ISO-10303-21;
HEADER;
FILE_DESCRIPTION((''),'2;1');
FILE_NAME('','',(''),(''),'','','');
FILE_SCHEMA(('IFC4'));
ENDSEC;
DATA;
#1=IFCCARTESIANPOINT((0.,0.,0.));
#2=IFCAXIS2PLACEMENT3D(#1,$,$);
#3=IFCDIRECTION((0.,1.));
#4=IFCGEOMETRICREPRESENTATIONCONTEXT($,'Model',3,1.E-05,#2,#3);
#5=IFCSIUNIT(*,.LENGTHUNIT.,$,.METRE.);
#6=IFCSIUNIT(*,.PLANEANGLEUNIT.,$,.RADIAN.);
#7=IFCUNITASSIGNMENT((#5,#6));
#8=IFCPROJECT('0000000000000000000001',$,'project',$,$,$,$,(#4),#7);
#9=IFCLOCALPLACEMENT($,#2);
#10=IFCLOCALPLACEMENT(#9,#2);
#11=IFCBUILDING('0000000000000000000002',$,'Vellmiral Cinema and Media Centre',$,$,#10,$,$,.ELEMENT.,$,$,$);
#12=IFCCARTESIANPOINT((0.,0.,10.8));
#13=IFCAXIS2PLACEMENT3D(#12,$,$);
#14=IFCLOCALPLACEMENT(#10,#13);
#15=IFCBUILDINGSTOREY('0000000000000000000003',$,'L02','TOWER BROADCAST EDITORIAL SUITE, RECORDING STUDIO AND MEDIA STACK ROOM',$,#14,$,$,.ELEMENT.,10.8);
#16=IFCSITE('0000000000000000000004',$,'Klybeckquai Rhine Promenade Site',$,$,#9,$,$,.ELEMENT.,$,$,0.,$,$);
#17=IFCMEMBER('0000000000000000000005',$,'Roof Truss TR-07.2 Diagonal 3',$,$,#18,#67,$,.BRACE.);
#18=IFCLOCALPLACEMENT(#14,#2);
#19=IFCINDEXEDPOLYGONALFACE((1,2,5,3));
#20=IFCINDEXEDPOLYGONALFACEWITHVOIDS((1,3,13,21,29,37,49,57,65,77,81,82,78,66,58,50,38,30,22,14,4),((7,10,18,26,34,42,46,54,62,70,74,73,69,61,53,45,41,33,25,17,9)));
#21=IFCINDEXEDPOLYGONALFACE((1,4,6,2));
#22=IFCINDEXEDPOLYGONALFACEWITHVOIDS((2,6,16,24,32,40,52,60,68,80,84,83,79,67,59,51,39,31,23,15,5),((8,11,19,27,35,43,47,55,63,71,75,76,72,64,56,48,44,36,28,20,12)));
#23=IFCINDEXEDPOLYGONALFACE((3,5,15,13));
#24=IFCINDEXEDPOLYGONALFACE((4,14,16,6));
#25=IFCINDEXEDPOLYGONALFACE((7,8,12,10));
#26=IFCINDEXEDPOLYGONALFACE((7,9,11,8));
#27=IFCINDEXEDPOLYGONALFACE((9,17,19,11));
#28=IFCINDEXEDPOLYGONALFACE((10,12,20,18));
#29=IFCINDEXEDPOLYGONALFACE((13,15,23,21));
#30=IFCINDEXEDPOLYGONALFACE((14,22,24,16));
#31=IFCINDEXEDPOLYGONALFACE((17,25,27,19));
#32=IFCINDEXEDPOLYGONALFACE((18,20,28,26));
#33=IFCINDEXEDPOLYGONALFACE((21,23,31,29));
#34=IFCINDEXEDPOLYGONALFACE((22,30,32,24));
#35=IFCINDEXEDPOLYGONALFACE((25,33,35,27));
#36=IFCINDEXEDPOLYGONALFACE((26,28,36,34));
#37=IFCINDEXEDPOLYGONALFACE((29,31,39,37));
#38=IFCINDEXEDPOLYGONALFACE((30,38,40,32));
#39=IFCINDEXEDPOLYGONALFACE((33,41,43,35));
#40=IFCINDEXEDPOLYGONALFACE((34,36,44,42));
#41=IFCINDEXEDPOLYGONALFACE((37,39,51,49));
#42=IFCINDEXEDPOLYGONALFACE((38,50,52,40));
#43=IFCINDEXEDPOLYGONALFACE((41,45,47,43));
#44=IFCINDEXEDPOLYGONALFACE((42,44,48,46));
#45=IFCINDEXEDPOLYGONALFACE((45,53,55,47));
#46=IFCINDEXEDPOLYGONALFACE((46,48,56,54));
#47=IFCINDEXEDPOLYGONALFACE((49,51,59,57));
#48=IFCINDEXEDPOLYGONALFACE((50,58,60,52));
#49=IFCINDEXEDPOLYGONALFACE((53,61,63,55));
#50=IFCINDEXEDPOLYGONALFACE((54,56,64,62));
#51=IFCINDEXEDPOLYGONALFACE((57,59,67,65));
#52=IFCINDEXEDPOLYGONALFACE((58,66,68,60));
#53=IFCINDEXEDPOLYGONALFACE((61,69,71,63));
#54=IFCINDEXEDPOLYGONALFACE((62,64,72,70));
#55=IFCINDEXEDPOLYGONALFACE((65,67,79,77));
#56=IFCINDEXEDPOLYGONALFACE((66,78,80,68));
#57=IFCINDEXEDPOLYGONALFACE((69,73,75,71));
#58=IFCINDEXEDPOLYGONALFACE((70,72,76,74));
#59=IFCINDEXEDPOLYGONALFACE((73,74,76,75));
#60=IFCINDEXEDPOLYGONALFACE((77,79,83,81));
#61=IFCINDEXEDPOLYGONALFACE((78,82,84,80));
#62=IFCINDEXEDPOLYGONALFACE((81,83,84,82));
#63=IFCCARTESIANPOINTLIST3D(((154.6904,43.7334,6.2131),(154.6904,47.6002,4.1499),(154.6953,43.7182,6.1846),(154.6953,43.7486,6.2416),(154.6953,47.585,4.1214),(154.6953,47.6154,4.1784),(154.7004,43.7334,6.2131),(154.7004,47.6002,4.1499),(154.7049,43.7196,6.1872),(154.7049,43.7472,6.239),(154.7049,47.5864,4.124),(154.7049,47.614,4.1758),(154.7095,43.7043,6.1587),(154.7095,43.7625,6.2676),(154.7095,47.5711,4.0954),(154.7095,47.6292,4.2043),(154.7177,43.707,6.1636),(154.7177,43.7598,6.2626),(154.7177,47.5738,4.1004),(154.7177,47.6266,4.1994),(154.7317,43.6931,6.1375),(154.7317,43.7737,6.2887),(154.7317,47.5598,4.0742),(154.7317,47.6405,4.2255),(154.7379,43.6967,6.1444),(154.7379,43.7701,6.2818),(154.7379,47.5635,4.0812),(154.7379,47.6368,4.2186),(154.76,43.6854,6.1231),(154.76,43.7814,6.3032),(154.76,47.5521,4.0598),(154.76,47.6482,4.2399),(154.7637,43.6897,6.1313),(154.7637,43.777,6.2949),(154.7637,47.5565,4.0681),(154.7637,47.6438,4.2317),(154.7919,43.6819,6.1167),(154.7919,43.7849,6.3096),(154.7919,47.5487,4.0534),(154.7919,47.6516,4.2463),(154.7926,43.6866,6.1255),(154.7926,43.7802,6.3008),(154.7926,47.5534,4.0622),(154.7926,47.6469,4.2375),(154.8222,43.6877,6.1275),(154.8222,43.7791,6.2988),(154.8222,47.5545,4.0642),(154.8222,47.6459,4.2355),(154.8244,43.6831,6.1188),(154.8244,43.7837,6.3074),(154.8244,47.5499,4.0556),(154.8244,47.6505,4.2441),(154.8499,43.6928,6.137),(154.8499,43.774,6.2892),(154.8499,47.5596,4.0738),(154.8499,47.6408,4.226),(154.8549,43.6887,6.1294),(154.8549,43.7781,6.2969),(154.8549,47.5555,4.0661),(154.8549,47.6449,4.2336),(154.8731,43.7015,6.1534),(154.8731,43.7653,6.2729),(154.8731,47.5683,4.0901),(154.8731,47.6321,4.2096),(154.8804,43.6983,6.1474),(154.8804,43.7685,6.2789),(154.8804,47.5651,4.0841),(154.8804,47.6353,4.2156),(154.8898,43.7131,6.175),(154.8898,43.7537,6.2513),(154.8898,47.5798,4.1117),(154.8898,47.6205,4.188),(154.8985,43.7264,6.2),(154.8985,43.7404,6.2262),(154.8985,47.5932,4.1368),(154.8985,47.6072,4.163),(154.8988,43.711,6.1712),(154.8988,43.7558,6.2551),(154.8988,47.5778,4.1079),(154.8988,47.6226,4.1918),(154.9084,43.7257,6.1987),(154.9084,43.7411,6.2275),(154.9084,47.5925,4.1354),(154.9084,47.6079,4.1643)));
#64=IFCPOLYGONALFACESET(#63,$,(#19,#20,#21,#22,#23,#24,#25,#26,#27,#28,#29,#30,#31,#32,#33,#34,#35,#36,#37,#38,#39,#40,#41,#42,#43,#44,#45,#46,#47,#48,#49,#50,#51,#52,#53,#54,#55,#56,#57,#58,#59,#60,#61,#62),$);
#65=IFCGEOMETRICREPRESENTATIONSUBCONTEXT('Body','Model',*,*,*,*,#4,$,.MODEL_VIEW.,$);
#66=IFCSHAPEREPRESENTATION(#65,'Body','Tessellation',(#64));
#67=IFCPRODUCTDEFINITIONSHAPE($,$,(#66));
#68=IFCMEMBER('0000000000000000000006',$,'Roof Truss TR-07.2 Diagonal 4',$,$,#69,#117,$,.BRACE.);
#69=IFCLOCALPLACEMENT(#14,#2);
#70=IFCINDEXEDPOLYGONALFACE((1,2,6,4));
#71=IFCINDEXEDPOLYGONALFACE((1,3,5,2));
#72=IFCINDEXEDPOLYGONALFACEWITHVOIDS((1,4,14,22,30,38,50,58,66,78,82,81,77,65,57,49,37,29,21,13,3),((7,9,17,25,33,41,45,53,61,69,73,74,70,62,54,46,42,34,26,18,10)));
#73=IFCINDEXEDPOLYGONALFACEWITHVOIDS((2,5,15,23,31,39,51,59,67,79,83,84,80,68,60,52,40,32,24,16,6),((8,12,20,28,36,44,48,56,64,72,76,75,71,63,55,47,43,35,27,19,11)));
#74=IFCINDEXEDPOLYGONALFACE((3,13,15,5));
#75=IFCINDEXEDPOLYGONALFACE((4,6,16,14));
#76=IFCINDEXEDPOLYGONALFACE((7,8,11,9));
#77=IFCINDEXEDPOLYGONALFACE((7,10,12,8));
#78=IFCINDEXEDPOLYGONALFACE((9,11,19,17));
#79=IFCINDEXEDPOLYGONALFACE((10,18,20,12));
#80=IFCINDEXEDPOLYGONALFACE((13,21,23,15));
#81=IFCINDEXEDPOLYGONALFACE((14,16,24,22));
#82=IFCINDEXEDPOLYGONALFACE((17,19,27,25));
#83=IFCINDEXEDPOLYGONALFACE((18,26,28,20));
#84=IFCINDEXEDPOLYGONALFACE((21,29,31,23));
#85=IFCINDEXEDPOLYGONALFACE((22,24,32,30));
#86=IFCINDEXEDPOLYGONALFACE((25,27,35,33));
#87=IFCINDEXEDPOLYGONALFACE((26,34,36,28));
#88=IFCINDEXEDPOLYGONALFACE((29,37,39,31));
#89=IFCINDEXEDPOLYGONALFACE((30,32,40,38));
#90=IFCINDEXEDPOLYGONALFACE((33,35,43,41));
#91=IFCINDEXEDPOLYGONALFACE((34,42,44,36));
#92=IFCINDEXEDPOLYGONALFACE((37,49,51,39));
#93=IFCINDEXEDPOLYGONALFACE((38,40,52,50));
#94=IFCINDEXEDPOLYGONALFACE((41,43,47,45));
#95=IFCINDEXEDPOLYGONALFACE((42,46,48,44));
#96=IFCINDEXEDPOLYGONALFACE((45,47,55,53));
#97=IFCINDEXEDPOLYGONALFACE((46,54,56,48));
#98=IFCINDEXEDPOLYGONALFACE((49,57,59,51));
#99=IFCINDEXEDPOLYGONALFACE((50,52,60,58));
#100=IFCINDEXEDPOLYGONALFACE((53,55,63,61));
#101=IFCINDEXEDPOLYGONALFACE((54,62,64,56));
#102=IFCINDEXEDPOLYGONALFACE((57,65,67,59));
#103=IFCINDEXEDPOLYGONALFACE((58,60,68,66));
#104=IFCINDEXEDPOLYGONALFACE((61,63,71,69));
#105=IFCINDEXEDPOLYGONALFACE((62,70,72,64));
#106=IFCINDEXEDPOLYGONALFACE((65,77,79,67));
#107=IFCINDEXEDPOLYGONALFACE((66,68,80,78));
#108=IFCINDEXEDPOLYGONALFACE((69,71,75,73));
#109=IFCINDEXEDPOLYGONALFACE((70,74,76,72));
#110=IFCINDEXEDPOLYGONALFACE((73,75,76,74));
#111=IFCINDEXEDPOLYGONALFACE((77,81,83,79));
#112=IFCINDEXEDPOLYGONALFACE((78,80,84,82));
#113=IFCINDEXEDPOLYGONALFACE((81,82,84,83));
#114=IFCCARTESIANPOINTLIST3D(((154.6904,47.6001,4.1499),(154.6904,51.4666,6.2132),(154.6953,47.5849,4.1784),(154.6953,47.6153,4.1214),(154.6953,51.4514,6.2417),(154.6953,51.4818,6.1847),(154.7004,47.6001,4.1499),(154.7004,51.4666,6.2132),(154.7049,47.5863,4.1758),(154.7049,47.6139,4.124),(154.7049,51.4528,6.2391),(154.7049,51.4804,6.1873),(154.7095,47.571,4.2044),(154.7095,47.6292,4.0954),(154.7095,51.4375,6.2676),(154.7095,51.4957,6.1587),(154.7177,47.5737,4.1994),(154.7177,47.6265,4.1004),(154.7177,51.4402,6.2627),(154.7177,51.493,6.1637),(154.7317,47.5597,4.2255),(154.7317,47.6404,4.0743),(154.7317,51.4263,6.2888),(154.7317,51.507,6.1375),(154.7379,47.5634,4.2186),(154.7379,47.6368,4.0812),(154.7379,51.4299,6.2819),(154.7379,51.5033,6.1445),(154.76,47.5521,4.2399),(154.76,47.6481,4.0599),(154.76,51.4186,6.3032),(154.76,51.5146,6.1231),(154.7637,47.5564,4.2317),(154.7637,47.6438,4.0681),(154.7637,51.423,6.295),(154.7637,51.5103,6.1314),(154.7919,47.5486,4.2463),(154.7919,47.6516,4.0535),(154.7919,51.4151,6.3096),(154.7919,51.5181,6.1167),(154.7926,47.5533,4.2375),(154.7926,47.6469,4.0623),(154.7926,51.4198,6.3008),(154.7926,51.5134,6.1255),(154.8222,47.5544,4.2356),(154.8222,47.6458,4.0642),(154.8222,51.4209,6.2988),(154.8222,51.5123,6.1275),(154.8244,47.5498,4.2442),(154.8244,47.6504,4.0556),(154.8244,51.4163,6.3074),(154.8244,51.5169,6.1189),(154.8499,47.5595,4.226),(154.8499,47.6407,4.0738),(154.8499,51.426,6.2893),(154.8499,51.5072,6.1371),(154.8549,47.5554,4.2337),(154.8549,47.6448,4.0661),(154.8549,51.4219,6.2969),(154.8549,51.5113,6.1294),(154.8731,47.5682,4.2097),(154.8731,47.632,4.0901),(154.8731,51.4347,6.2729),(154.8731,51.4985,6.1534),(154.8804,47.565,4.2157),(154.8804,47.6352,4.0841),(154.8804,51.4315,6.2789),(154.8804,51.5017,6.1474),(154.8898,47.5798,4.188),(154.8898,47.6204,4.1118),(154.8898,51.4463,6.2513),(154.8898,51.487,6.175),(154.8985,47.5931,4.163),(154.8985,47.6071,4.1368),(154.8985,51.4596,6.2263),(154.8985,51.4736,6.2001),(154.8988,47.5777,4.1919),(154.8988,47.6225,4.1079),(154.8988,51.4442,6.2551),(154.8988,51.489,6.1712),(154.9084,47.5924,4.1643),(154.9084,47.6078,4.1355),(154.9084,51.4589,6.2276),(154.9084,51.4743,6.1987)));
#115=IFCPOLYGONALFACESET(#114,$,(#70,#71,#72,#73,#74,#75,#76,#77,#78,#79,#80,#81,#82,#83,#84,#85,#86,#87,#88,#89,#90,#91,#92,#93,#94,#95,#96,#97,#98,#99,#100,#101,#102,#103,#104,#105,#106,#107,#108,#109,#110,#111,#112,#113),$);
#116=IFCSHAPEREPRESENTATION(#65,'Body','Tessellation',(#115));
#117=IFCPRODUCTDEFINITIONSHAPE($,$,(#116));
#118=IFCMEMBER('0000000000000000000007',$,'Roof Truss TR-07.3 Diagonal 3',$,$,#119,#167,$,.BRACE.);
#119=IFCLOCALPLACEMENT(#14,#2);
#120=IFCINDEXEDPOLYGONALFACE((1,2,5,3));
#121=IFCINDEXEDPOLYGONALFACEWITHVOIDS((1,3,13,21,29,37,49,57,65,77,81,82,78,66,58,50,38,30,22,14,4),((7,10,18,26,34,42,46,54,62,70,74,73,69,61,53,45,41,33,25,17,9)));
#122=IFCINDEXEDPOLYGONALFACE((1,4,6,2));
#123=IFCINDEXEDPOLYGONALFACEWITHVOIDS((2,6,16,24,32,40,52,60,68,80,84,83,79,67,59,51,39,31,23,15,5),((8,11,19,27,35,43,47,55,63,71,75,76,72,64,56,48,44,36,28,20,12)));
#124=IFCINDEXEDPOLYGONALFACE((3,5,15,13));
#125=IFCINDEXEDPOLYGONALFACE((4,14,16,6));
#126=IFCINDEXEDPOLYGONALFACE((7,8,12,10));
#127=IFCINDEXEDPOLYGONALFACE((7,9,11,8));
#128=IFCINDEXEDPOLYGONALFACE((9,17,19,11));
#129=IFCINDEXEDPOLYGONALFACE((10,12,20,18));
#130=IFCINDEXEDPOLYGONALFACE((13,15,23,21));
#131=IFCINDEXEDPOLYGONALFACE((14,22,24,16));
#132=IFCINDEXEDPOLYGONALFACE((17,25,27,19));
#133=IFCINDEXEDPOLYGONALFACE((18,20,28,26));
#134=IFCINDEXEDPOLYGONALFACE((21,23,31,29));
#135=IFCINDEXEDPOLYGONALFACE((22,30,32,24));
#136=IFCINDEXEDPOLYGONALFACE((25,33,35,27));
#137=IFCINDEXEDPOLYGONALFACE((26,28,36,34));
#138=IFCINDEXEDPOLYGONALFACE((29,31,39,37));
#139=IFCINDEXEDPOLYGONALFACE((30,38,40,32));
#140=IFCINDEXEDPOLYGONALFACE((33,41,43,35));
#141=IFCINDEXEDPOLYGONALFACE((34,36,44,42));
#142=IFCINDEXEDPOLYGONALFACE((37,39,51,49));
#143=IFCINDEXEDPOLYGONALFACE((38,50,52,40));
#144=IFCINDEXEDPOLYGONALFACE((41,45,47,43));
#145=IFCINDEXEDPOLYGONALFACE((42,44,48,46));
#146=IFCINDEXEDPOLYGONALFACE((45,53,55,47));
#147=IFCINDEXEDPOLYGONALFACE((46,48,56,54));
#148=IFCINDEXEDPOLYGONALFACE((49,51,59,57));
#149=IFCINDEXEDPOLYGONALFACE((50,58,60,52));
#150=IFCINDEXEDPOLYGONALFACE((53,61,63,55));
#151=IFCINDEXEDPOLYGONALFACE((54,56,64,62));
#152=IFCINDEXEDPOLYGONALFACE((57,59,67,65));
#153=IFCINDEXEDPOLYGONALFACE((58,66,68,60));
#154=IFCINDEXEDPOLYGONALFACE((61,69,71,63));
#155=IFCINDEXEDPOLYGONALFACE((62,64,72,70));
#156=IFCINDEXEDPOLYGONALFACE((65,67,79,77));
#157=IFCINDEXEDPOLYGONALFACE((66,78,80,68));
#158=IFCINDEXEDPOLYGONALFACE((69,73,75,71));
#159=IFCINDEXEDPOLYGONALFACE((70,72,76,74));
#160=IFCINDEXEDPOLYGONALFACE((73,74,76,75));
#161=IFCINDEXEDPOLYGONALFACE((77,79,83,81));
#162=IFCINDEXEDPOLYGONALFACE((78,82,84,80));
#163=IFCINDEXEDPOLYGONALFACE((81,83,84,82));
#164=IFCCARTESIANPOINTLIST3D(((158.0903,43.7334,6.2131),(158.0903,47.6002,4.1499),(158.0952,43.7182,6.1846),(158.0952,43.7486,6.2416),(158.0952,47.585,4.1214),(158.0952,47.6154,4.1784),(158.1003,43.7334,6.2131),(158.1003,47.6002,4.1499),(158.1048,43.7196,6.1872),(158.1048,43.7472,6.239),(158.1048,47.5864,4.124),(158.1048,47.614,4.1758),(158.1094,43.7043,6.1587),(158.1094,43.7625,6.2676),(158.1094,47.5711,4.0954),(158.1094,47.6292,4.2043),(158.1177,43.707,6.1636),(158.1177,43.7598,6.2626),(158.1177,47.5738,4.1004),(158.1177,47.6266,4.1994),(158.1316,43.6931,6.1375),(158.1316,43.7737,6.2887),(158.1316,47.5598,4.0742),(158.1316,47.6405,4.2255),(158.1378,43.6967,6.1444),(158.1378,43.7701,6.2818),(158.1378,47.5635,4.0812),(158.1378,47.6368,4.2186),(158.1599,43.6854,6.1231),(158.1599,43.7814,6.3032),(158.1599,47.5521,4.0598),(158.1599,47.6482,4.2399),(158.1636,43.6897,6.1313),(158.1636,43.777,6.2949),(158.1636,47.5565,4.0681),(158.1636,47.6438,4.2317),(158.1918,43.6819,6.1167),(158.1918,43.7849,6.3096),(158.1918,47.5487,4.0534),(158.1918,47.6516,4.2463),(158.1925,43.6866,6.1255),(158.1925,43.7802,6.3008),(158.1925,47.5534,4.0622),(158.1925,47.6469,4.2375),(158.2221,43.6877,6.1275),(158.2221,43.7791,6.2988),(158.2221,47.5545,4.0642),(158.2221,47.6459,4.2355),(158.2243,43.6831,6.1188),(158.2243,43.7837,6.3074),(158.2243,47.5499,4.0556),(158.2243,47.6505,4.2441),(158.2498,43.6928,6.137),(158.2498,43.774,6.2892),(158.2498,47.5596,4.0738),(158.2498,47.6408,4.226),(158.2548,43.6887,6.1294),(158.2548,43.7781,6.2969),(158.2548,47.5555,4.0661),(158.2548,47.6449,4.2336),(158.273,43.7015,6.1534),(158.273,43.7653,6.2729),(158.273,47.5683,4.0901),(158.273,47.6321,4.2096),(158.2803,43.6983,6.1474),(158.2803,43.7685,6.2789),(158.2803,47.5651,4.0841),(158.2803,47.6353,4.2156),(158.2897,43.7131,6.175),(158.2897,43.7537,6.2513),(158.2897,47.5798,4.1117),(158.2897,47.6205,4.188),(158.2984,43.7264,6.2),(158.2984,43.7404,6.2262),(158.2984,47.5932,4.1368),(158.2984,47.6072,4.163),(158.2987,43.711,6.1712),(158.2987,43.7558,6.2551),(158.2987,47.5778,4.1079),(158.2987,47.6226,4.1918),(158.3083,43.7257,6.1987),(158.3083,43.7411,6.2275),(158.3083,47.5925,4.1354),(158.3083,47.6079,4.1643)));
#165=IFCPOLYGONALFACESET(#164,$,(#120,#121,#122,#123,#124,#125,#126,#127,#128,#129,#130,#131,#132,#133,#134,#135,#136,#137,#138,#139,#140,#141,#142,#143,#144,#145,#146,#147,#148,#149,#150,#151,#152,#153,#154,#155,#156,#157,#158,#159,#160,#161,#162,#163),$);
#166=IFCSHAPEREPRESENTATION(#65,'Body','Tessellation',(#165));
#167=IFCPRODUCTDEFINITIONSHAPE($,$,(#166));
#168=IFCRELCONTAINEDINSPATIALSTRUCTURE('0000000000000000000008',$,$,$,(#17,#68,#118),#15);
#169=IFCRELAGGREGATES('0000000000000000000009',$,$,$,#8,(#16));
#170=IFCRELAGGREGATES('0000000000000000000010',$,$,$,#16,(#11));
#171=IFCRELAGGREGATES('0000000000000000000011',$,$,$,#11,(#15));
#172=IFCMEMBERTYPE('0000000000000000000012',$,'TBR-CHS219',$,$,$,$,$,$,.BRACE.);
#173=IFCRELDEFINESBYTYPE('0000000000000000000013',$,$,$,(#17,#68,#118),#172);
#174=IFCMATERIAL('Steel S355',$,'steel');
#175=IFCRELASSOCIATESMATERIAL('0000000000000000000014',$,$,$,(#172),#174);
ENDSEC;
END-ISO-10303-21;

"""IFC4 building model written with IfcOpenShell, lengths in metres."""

from ifc_helpers import new_model, si_unit, direction, frame, origin, origin_2d, place, context, subcontext, project, spatial, hollow_circle, extrude, material, material_profile, profile_set, type_object, element, save


model = new_model("IFC4")

# Units and contexts
model_context = context("Model", 3, precision=1e-05, world=origin(), true_north=direction((0.0, 1.0)))
body_context = subcontext(model_context, "Body", "Model", "MODEL_VIEW")
ifc_project = project(units=[si_unit("LENGTHUNIT", "METRE"), si_unit("PLANEANGLEUNIT", "RADIAN")], contexts=[model_context])

# Site, building, storey
site_placement = place(None, origin())
site = spatial("IfcSite", under=ifc_project, at=site_placement, Name="Klybeckquai Rhine Promenade Site", CompositionType="ELEMENT", RefElevation=0.0)
building_placement = place(site_placement, origin())
building = spatial("IfcBuilding", under=site, at=building_placement, Name="Vellmiral Cinema and Media Centre", CompositionType="ELEMENT")
storey_placement = place(building_placement, frame((0.0, 0.0, 10.8)))
storey = spatial("IfcBuildingStorey", under=building, at=storey_placement, Name="L02", Description="TOWER BROADCAST EDITORIAL SUITE, RECORDING STUDIO AND MEDIA STACK ROOM", CompositionType="ELEMENT", Elevation=10.8)

# Members
ifc_material_1 = material(Name="Steel S355", Category="steel")
ifc_material_profile_1 = material_profile(ifc_material_1, hollow_circle(Radius=0.1096, WallThickness=0.01, at=origin_2d()), Name="CHS 219.1x10.0")
ifc_profile_set_1 = profile_set([ifc_material_profile_1], Name="Steel S355")
member_type_1 = type_object("IfcMemberType", Name="TBR-CHS219", PredefinedType="BRACE", material=ifc_profile_set_1)
member_1_placement = place(storey_placement, frame((154.8, 43.7334, 6.2131), z_axis=(0.0, 0.882259, -0.470765), x_axis=(-1.0, 0.0, 0.0)))
element("IfcMember", 1, at=member_1_placement, inside=storey, type_object=member_type_1, Name="Roof Truss TR-07.2 Diagonal 3", PredefinedType="BRACE", context=body_context, shape_type="SweptSolid", body=[
    extrude(hollow_circle(Radius=0.1096, WallThickness=0.01, at=origin_2d()), origin(), (0.0, 0.0, 1.0), 4.3828),
])
member_2_placement = place(storey_placement, frame((154.8, 47.6001, 4.1499), z_axis=(0.0, 0.882247, 0.470788), x_axis=(-1.0, 0.0, 0.0)))
element("IfcMember", 2, at=member_2_placement, inside=storey, type_object=member_type_1, Name="Roof Truss TR-07.2 Diagonal 4", PredefinedType="BRACE", context=body_context, shape_type="SweptSolid", body=[
    extrude(hollow_circle(Radius=0.1096, WallThickness=0.01, at=origin_2d()), origin(), (0.0, 0.0, 1.0), 4.3826),
])
member_3_placement = place(storey_placement, frame((158.2, 43.7334, 6.2131), z_axis=(0.0, 0.882259, -0.470765), x_axis=(-1.0, 0.0, 0.0)))
element("IfcMember", 3, at=member_3_placement, inside=storey, type_object=member_type_1, Name="Roof Truss TR-07.3 Diagonal 3", PredefinedType="BRACE", context=body_context, shape_type="SweptSolid", body=[
    extrude(hollow_circle(Radius=0.1096, WallThickness=0.01, at=origin_2d()), origin(), (0.0, 0.0, 1.0), 4.3828),
])

save(model, "model.ifc")
